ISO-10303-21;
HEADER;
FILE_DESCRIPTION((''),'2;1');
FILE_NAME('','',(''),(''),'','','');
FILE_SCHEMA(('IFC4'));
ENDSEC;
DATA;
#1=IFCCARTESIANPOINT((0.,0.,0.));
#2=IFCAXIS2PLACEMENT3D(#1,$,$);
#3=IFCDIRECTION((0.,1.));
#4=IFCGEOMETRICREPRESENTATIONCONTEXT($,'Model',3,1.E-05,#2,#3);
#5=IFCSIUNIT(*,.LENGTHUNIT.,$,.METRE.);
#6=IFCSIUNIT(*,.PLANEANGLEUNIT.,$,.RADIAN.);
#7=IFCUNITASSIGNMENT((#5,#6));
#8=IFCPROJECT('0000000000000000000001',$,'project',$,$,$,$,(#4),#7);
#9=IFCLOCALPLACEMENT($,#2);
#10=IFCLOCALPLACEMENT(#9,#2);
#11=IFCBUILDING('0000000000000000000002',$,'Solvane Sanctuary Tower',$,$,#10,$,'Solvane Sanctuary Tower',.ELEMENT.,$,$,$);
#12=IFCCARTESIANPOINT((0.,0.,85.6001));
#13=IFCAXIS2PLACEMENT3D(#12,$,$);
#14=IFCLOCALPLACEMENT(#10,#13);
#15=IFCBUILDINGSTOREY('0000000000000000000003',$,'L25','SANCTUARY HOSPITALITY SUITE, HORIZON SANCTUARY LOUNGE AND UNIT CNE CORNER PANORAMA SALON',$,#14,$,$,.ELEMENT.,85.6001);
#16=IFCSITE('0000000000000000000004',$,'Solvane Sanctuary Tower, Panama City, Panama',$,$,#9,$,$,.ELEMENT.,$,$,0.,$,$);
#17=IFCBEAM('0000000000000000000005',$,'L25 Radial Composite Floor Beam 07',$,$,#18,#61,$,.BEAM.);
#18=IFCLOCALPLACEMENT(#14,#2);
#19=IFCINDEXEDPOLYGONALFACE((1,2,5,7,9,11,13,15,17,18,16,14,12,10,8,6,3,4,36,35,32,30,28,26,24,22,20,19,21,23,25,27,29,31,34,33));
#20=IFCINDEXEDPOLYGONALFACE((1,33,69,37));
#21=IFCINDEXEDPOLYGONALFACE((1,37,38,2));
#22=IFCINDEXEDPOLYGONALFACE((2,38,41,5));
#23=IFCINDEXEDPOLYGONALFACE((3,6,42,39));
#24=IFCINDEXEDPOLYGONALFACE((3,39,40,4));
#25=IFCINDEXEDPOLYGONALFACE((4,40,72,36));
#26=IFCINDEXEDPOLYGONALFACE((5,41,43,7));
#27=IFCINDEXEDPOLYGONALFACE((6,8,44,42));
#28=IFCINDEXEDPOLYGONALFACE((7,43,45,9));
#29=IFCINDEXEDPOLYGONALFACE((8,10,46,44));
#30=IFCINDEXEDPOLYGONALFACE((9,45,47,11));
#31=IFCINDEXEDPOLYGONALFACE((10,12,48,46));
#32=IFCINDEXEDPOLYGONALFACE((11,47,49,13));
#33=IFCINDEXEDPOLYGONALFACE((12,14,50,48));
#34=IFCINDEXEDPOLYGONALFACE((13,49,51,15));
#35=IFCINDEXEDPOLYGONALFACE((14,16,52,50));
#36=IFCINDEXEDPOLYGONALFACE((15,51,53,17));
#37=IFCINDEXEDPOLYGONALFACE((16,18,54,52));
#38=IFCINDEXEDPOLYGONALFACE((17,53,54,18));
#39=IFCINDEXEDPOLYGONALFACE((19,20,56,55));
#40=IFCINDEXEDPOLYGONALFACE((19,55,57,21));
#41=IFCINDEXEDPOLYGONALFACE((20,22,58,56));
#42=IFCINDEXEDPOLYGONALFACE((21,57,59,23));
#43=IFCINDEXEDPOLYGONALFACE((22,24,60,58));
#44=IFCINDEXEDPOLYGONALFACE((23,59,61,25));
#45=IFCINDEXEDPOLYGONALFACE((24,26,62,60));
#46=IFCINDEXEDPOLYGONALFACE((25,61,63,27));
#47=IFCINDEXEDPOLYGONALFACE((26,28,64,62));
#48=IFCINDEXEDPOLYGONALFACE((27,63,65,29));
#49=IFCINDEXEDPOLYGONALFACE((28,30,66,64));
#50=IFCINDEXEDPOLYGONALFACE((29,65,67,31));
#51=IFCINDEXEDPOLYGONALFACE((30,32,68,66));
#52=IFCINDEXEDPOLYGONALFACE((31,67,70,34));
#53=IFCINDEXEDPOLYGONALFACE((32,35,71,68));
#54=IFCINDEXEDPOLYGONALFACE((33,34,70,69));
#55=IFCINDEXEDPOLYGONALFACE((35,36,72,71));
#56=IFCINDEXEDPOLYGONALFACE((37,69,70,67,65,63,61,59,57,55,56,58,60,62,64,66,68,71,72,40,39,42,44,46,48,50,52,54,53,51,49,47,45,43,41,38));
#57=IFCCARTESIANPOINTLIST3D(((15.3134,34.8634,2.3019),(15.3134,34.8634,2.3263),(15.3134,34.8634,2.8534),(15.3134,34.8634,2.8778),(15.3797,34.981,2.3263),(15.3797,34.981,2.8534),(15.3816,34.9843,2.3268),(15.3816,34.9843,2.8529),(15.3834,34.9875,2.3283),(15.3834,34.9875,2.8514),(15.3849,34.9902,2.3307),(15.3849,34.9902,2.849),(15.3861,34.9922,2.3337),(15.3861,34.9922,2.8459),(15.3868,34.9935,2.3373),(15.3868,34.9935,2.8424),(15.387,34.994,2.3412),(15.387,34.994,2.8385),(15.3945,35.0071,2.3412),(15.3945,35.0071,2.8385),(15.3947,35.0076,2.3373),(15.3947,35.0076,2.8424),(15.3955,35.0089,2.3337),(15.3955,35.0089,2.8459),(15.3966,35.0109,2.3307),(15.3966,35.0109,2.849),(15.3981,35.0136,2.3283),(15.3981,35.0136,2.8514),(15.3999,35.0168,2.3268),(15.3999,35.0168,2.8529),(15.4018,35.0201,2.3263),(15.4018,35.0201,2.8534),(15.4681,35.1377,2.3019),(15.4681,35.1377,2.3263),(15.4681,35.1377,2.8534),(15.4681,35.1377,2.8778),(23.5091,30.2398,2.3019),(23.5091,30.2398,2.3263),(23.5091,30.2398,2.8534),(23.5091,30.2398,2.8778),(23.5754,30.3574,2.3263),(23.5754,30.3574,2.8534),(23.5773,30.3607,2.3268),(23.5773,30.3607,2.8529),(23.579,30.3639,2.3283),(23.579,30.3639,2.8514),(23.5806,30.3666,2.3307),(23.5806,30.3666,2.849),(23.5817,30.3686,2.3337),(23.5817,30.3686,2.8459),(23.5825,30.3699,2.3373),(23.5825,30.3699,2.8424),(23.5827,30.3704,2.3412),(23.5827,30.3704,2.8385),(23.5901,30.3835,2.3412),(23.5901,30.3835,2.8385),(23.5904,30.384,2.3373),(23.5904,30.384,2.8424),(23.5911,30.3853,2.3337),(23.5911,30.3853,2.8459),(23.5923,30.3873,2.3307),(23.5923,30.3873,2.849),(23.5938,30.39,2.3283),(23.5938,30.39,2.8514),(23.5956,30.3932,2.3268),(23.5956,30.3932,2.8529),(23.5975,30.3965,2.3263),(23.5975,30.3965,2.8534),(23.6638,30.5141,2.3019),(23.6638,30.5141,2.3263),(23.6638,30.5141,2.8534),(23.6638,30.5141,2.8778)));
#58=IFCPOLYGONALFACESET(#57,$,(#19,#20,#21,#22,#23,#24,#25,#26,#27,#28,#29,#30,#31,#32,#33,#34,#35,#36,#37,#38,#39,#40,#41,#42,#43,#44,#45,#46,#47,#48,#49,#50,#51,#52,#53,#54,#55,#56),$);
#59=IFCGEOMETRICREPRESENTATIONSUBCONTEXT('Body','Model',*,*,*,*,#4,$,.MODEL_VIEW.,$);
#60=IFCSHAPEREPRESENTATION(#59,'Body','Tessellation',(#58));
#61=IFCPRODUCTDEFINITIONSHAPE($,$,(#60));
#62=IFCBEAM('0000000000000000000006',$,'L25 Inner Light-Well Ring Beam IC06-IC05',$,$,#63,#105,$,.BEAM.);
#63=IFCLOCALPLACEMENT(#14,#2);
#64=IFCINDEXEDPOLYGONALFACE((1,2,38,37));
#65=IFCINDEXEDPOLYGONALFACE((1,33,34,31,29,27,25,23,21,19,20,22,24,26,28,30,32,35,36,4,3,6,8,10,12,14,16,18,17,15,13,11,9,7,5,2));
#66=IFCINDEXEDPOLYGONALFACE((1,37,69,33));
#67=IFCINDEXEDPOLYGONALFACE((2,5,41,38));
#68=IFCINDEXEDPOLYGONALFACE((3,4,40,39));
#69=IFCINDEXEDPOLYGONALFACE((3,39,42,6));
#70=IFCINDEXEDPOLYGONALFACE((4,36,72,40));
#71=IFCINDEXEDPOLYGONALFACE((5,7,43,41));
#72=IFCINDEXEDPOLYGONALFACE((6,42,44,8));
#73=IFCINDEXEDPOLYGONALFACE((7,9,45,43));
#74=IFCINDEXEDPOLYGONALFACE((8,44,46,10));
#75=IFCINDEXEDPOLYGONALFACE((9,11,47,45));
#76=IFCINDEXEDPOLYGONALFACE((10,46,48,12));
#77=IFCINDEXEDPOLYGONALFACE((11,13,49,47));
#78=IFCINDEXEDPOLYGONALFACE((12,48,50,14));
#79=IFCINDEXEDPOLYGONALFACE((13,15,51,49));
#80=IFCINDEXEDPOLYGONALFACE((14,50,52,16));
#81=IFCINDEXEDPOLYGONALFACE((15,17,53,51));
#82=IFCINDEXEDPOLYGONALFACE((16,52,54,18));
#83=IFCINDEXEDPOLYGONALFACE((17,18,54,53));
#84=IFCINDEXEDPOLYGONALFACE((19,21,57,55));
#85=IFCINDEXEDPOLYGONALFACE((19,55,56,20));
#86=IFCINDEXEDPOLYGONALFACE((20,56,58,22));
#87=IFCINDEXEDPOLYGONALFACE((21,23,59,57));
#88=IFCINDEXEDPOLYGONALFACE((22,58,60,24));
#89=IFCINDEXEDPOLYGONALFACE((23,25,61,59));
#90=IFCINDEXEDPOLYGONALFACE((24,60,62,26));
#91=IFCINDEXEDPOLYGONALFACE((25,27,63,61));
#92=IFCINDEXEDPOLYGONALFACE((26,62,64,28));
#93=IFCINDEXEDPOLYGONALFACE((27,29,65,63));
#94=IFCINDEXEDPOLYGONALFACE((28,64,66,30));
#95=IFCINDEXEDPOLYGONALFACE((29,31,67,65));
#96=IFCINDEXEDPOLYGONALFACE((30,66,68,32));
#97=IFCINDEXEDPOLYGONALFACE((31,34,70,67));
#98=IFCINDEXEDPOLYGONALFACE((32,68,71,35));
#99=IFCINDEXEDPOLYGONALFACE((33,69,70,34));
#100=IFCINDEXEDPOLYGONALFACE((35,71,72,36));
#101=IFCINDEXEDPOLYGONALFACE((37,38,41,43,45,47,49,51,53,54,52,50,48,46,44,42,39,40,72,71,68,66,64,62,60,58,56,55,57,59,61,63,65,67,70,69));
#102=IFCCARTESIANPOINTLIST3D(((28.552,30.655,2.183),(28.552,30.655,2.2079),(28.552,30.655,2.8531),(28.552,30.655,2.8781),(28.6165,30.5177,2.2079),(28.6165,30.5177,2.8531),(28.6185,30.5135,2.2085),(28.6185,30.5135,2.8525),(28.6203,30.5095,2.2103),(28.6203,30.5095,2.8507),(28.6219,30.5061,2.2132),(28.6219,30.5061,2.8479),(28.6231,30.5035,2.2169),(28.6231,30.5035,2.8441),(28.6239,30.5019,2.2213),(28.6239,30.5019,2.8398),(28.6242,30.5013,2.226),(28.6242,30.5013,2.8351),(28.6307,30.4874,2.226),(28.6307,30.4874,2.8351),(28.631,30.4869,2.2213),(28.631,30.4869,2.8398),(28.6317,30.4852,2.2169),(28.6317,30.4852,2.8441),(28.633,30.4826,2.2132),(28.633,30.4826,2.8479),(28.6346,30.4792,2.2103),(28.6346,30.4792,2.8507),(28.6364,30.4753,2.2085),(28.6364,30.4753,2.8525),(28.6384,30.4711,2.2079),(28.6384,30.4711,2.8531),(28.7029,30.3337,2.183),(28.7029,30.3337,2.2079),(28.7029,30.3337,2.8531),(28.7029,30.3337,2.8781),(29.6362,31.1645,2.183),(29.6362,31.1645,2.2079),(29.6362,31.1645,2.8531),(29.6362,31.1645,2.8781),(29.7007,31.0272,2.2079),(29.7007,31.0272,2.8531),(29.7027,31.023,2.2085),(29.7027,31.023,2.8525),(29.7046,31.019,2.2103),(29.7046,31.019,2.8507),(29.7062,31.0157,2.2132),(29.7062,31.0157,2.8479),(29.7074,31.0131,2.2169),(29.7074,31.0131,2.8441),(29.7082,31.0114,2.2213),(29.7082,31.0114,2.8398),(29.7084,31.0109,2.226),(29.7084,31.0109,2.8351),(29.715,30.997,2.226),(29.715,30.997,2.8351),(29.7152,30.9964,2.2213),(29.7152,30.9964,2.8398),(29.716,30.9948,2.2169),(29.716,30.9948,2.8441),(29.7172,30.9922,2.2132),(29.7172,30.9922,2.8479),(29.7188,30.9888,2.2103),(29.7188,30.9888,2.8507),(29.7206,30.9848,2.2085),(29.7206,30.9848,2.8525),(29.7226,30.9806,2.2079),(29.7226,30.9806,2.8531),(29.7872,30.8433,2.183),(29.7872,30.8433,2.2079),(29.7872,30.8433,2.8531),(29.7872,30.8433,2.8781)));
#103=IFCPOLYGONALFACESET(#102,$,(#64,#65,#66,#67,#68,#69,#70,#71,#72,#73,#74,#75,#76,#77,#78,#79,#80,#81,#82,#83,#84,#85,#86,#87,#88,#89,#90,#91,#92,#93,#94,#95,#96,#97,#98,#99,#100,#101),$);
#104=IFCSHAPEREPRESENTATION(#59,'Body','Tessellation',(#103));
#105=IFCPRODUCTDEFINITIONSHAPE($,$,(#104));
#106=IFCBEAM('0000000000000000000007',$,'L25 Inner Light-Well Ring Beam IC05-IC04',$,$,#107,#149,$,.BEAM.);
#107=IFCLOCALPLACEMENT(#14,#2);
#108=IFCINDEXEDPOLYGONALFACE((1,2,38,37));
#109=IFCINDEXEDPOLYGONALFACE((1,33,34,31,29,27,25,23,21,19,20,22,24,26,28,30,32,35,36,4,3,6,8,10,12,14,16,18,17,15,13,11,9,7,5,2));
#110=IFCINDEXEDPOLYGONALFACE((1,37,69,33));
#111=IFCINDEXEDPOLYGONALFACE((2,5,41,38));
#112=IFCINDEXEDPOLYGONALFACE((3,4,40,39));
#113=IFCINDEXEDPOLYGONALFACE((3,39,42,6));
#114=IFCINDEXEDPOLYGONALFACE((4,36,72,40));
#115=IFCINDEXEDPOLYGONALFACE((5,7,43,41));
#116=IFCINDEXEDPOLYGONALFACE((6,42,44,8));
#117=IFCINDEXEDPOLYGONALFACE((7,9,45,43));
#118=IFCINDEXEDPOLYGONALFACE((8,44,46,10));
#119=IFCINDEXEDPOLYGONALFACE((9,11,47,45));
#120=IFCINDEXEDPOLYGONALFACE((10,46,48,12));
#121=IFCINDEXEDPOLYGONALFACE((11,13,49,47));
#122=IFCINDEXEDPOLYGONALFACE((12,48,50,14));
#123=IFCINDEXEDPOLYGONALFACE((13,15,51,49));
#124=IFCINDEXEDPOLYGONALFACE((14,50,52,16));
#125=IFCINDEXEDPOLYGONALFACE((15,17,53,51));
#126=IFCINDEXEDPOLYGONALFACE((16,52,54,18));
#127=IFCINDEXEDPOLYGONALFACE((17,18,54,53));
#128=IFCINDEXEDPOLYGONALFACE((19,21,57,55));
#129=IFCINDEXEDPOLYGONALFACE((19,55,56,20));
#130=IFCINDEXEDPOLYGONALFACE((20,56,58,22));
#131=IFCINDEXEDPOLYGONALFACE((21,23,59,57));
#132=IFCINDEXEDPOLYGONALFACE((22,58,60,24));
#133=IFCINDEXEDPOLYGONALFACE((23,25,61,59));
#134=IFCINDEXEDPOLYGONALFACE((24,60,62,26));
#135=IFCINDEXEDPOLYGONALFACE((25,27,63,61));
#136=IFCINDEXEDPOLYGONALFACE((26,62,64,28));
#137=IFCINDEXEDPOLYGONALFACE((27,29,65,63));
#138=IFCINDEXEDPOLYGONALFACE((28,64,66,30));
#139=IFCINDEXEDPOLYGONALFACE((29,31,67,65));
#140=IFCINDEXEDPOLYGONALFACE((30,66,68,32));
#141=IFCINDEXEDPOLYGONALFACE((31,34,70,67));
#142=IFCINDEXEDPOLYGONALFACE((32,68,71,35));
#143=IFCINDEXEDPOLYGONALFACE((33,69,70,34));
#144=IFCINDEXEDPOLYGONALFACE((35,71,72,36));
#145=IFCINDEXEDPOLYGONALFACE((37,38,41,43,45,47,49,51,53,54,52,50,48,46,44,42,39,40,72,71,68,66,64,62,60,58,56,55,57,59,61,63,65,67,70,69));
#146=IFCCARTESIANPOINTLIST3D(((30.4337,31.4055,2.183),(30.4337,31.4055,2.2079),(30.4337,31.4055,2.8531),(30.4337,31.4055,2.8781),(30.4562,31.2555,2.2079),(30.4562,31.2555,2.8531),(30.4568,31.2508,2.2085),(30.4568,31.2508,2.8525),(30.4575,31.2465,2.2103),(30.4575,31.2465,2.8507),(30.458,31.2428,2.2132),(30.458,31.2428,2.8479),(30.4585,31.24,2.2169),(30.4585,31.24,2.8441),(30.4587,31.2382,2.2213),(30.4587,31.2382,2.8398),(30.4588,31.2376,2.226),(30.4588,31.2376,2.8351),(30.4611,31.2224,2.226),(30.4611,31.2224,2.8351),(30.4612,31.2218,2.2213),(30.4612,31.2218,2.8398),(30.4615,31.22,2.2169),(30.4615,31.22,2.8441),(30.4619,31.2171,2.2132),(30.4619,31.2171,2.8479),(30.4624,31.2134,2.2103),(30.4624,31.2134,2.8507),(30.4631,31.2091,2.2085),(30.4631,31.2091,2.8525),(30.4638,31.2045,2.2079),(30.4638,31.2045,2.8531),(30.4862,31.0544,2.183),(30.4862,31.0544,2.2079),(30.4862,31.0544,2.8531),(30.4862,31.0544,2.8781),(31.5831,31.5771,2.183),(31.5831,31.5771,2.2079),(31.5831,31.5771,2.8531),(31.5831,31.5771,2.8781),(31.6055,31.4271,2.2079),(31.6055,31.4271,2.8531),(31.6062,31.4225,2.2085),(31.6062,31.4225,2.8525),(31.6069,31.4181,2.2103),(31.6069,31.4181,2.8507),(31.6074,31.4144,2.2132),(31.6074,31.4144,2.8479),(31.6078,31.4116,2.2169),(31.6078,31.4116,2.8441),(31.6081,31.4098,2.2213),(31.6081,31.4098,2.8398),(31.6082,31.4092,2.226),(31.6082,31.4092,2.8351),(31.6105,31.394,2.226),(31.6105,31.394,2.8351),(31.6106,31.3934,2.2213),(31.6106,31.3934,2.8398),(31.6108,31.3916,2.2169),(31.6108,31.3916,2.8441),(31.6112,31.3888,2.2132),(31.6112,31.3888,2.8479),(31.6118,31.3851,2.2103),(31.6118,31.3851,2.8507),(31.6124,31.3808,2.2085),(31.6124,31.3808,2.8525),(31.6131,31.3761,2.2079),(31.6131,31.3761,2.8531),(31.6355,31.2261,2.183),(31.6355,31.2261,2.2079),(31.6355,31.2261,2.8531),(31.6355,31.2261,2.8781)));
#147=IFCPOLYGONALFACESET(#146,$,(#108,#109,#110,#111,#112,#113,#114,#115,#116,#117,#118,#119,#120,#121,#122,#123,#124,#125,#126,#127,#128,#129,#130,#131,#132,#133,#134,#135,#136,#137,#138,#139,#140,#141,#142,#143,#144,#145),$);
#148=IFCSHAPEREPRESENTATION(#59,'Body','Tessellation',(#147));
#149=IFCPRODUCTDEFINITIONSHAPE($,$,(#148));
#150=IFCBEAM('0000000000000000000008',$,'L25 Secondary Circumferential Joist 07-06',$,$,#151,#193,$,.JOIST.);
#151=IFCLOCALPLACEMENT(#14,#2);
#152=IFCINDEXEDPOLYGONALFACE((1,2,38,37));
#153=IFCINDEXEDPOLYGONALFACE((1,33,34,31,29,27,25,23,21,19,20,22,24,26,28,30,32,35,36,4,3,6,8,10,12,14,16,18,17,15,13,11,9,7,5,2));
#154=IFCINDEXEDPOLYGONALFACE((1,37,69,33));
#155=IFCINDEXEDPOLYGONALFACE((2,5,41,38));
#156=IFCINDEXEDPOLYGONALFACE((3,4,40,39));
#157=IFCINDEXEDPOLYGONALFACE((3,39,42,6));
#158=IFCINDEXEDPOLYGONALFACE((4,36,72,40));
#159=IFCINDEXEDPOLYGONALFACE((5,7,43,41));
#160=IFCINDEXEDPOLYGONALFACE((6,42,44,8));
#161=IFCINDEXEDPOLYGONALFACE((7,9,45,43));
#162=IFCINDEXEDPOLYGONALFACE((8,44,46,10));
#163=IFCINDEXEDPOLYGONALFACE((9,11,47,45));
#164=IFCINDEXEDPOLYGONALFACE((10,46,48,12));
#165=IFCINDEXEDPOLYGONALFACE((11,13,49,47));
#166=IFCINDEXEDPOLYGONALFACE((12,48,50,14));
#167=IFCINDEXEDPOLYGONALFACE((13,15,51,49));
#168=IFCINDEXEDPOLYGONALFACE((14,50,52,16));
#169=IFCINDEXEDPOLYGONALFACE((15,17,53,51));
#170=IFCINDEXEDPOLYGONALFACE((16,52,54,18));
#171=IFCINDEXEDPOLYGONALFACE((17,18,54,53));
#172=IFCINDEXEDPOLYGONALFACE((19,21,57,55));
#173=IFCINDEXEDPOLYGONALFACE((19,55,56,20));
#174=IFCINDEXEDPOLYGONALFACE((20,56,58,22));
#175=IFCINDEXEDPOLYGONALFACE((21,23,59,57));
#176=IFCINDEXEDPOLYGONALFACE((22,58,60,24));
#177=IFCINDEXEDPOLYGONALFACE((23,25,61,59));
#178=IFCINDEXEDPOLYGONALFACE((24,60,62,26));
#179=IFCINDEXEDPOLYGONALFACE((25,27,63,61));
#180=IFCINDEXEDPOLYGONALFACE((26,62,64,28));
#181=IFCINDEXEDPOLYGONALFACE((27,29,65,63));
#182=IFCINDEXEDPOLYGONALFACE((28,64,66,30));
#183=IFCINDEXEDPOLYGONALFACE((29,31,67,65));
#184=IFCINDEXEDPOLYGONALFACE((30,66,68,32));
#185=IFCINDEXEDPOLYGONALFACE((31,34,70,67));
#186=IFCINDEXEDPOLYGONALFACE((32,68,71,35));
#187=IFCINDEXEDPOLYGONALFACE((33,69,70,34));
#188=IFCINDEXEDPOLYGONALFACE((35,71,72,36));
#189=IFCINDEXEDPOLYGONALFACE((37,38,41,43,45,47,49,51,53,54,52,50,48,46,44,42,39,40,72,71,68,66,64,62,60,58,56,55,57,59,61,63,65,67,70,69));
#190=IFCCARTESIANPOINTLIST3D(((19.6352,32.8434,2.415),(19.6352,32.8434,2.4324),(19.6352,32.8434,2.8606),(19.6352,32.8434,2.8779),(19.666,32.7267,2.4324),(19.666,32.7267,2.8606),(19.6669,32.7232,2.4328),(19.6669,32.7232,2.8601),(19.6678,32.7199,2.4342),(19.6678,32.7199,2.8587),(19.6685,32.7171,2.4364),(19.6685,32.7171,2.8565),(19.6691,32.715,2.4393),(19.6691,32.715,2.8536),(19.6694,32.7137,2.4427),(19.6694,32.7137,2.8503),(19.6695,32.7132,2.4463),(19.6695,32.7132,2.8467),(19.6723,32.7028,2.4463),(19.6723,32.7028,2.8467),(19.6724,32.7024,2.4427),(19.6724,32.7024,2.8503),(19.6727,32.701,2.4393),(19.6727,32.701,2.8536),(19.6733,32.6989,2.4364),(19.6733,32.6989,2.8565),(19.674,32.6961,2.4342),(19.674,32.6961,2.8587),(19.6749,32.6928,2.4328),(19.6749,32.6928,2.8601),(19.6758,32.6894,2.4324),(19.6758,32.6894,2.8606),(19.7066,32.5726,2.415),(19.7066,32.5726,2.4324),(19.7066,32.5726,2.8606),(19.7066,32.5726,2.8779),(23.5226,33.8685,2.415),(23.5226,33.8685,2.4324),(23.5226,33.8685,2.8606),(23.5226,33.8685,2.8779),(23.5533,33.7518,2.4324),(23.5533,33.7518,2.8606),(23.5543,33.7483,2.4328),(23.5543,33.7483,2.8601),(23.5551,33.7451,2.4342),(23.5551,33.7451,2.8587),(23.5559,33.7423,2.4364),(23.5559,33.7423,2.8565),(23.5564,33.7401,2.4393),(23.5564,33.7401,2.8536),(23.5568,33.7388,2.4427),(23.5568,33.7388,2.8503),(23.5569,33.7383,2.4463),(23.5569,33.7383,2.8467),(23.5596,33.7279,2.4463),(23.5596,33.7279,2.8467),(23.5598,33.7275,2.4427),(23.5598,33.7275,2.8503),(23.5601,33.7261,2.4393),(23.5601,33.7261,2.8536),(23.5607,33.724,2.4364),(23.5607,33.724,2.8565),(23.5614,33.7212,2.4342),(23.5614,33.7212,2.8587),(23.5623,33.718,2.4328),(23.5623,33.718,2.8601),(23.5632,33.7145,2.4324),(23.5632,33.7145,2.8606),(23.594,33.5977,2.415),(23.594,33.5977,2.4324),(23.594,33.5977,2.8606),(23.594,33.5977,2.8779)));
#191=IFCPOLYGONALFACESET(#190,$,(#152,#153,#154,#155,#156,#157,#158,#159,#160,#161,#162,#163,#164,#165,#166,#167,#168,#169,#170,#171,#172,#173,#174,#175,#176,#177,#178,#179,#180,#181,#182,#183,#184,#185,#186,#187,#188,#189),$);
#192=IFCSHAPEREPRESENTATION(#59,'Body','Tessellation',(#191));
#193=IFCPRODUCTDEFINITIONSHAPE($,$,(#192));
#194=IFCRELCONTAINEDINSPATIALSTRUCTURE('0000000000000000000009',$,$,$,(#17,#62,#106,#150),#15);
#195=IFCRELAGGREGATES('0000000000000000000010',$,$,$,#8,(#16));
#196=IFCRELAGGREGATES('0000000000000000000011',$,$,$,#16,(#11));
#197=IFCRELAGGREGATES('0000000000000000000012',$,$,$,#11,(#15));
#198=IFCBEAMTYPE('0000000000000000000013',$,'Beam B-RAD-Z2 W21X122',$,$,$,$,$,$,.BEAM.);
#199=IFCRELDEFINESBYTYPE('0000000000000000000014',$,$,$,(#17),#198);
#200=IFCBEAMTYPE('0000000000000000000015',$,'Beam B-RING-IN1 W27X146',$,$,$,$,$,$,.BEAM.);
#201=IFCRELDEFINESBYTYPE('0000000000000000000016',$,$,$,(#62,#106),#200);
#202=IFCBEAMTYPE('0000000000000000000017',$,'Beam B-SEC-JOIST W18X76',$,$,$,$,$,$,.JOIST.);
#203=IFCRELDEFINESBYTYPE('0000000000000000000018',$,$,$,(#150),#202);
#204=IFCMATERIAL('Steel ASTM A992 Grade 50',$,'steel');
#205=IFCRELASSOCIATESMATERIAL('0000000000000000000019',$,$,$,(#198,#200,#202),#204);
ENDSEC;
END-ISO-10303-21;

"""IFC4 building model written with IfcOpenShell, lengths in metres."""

from ifc_helpers import new_model, si_unit, direction, frame, origin, origin_2d, place, context, subcontext, project, spatial, i_section, extrude, material, material_profile, profile_set, type_object, element, save


model = new_model("IFC4")

# Units and contexts
model_context = context("Model", 3, precision=1e-05, world=origin(), true_north=direction((0.0, 1.0)))
body_context = subcontext(model_context, "Body", "Model", "MODEL_VIEW")
ifc_project = project(units=[si_unit("LENGTHUNIT", "METRE"), si_unit("PLANEANGLEUNIT", "RADIAN")], contexts=[model_context])

# Site, building, storey
site_placement = place(None, origin())
site = spatial("IfcSite", under=ifc_project, at=site_placement, Name="Solvane Sanctuary Tower, Panama City, Panama", CompositionType="ELEMENT", RefElevation=0.0)
building_placement = place(site_placement, origin())
building = spatial("IfcBuilding", under=site, at=building_placement, Name="Solvane Sanctuary Tower", LongName="Solvane Sanctuary Tower", CompositionType="ELEMENT")
storey_placement = place(building_placement, frame((0.0, 0.0, 85.6001)))
storey = spatial("IfcBuildingStorey", under=building, at=storey_placement, Name="L25", Description="SANCTUARY HOSPITALITY SUITE, HORIZON SANCTUARY LOUNGE AND UNIT CNE CORNER PANORAMA SALON", CompositionType="ELEMENT", Elevation=85.6001)

# Beams
ifc_material_1 = material(Name="Steel ASTM A992 Grade 50", Category="steel")
ifc_material_profile_1 = material_profile(ifc_material_1, i_section(OverallWidth=0.3149, OverallDepth=0.5759, WebThickness=0.0151, FlangeThickness=0.0244, FilletRadius=0.0149, at=origin_2d()), Name="W21X122")
ifc_profile_set_1 = profile_set([ifc_material_profile_1], Name="Steel ASTM A992 Grade 50")
beam_type_1 = type_object("IfcBeamType", Name="Beam B-RAD-Z2 W21X122", PredefinedType="BEAM", material=ifc_profile_set_1)
beam_1_placement = place(storey_placement, frame((23.5864, 30.377, 2.5898), z_axis=(-0.87096, 0.491353, 0.0), x_axis=(-0.491353, -0.87096, 0.0)))
element("IfcBeam", 1, at=beam_1_placement, inside=storey, type_object=beam_type_1, Name="L25 Radial Composite Floor Beam 07", PredefinedType="BEAM", context=body_context, shape_type="SweptSolid", body=[
    extrude(i_section(OverallWidth=0.3149, OverallDepth=0.5759, WebThickness=0.0151, FlangeThickness=0.0244, FilletRadius=0.0149, at=origin_2d()), origin(), (0.0, 0.0, 1.0), 9.4099),
])
ifc_material_profile_2 = material_profile(ifc_material_1, i_section(OverallWidth=0.355, OverallDepth=0.6951, WebThickness=0.0154, FlangeThickness=0.0249, FilletRadius=0.0181, at=origin_2d()), Name="W27X146")
ifc_profile_set_2 = profile_set([ifc_material_profile_2], Name="Steel ASTM A992 Grade 50")
beam_type_2 = type_object("IfcBeamType", Name="Beam B-RING-IN1 W27X146", PredefinedType="BEAM", material=ifc_profile_set_2)
beam_2_placement = place(storey_placement, frame((28.6274, 30.4944, 2.5305), z_axis=(0.905045, 0.425316, 0.0), x_axis=(-0.425316, 0.905045, 0.0)))
element("IfcBeam", 2, at=beam_2_placement, inside=storey, type_object=beam_type_2, Name="L25 Inner Light-Well Ring Beam IC06-IC05", PredefinedType="BEAM", context=body_context, shape_type="SweptSolid", body=[
    extrude(i_section(OverallWidth=0.355, OverallDepth=0.6951, WebThickness=0.0154, FlangeThickness=0.0249, FilletRadius=0.0181, at=origin_2d()), origin(), (0.0, 0.0, 1.0), 1.198),
])
beam_3_placement = place(storey_placement, frame((30.46, 31.23, 2.5305), z_axis=(0.989035, 0.147683, 0.0), x_axis=(-0.147683, 0.989035, 0.0)))
element("IfcBeam", 3, at=beam_3_placement, inside=storey, type_object=beam_type_2, Name="L25 Inner Light-Well Ring Beam IC05-IC04", PredefinedType="BEAM", context=body_context, shape_type="SweptSolid", body=[
    extrude(i_section(OverallWidth=0.355, OverallDepth=0.6951, WebThickness=0.0154, FlangeThickness=0.0249, FilletRadius=0.0181, at=origin_2d()), origin(), (0.0, 0.0, 1.0), 1.1621),
])
ifc_material_profile_3 = material_profile(ifc_material_1, i_section(OverallWidth=0.28, OverallDepth=0.4629, WebThickness=0.0107, FlangeThickness=0.0173, FilletRadius=0.0139, at=origin_2d()), Name="W18X76")
ifc_profile_set_3 = profile_set([ifc_material_profile_3], Name="Steel ASTM A992 Grade 50")
beam_type_3 = type_object("IfcBeamType", Name="Beam B-SEC-JOIST W18X76", PredefinedType="JOIST", material=ifc_profile_set_3)
beam_4_placement = place(storey_placement, frame((19.6709, 32.708, 2.6465), z_axis=(0.966944, 0.254989, 0.0), x_axis=(-0.254989, 0.966944, 0.0)))
element("IfcBeam", 4, at=beam_4_placement, inside=storey, type_object=beam_type_3, Name="L25 Secondary Circumferential Joist 07-06", PredefinedType="JOIST", context=body_context, shape_type="SweptSolid", body=[
    extrude(i_section(OverallWidth=0.28, OverallDepth=0.4629, WebThickness=0.0107, FlangeThickness=0.0173, FilletRadius=0.0139, at=origin_2d()), origin(), (0.0, 0.0, 1.0), 4.0203),
])

save(model, "model.ifc")
